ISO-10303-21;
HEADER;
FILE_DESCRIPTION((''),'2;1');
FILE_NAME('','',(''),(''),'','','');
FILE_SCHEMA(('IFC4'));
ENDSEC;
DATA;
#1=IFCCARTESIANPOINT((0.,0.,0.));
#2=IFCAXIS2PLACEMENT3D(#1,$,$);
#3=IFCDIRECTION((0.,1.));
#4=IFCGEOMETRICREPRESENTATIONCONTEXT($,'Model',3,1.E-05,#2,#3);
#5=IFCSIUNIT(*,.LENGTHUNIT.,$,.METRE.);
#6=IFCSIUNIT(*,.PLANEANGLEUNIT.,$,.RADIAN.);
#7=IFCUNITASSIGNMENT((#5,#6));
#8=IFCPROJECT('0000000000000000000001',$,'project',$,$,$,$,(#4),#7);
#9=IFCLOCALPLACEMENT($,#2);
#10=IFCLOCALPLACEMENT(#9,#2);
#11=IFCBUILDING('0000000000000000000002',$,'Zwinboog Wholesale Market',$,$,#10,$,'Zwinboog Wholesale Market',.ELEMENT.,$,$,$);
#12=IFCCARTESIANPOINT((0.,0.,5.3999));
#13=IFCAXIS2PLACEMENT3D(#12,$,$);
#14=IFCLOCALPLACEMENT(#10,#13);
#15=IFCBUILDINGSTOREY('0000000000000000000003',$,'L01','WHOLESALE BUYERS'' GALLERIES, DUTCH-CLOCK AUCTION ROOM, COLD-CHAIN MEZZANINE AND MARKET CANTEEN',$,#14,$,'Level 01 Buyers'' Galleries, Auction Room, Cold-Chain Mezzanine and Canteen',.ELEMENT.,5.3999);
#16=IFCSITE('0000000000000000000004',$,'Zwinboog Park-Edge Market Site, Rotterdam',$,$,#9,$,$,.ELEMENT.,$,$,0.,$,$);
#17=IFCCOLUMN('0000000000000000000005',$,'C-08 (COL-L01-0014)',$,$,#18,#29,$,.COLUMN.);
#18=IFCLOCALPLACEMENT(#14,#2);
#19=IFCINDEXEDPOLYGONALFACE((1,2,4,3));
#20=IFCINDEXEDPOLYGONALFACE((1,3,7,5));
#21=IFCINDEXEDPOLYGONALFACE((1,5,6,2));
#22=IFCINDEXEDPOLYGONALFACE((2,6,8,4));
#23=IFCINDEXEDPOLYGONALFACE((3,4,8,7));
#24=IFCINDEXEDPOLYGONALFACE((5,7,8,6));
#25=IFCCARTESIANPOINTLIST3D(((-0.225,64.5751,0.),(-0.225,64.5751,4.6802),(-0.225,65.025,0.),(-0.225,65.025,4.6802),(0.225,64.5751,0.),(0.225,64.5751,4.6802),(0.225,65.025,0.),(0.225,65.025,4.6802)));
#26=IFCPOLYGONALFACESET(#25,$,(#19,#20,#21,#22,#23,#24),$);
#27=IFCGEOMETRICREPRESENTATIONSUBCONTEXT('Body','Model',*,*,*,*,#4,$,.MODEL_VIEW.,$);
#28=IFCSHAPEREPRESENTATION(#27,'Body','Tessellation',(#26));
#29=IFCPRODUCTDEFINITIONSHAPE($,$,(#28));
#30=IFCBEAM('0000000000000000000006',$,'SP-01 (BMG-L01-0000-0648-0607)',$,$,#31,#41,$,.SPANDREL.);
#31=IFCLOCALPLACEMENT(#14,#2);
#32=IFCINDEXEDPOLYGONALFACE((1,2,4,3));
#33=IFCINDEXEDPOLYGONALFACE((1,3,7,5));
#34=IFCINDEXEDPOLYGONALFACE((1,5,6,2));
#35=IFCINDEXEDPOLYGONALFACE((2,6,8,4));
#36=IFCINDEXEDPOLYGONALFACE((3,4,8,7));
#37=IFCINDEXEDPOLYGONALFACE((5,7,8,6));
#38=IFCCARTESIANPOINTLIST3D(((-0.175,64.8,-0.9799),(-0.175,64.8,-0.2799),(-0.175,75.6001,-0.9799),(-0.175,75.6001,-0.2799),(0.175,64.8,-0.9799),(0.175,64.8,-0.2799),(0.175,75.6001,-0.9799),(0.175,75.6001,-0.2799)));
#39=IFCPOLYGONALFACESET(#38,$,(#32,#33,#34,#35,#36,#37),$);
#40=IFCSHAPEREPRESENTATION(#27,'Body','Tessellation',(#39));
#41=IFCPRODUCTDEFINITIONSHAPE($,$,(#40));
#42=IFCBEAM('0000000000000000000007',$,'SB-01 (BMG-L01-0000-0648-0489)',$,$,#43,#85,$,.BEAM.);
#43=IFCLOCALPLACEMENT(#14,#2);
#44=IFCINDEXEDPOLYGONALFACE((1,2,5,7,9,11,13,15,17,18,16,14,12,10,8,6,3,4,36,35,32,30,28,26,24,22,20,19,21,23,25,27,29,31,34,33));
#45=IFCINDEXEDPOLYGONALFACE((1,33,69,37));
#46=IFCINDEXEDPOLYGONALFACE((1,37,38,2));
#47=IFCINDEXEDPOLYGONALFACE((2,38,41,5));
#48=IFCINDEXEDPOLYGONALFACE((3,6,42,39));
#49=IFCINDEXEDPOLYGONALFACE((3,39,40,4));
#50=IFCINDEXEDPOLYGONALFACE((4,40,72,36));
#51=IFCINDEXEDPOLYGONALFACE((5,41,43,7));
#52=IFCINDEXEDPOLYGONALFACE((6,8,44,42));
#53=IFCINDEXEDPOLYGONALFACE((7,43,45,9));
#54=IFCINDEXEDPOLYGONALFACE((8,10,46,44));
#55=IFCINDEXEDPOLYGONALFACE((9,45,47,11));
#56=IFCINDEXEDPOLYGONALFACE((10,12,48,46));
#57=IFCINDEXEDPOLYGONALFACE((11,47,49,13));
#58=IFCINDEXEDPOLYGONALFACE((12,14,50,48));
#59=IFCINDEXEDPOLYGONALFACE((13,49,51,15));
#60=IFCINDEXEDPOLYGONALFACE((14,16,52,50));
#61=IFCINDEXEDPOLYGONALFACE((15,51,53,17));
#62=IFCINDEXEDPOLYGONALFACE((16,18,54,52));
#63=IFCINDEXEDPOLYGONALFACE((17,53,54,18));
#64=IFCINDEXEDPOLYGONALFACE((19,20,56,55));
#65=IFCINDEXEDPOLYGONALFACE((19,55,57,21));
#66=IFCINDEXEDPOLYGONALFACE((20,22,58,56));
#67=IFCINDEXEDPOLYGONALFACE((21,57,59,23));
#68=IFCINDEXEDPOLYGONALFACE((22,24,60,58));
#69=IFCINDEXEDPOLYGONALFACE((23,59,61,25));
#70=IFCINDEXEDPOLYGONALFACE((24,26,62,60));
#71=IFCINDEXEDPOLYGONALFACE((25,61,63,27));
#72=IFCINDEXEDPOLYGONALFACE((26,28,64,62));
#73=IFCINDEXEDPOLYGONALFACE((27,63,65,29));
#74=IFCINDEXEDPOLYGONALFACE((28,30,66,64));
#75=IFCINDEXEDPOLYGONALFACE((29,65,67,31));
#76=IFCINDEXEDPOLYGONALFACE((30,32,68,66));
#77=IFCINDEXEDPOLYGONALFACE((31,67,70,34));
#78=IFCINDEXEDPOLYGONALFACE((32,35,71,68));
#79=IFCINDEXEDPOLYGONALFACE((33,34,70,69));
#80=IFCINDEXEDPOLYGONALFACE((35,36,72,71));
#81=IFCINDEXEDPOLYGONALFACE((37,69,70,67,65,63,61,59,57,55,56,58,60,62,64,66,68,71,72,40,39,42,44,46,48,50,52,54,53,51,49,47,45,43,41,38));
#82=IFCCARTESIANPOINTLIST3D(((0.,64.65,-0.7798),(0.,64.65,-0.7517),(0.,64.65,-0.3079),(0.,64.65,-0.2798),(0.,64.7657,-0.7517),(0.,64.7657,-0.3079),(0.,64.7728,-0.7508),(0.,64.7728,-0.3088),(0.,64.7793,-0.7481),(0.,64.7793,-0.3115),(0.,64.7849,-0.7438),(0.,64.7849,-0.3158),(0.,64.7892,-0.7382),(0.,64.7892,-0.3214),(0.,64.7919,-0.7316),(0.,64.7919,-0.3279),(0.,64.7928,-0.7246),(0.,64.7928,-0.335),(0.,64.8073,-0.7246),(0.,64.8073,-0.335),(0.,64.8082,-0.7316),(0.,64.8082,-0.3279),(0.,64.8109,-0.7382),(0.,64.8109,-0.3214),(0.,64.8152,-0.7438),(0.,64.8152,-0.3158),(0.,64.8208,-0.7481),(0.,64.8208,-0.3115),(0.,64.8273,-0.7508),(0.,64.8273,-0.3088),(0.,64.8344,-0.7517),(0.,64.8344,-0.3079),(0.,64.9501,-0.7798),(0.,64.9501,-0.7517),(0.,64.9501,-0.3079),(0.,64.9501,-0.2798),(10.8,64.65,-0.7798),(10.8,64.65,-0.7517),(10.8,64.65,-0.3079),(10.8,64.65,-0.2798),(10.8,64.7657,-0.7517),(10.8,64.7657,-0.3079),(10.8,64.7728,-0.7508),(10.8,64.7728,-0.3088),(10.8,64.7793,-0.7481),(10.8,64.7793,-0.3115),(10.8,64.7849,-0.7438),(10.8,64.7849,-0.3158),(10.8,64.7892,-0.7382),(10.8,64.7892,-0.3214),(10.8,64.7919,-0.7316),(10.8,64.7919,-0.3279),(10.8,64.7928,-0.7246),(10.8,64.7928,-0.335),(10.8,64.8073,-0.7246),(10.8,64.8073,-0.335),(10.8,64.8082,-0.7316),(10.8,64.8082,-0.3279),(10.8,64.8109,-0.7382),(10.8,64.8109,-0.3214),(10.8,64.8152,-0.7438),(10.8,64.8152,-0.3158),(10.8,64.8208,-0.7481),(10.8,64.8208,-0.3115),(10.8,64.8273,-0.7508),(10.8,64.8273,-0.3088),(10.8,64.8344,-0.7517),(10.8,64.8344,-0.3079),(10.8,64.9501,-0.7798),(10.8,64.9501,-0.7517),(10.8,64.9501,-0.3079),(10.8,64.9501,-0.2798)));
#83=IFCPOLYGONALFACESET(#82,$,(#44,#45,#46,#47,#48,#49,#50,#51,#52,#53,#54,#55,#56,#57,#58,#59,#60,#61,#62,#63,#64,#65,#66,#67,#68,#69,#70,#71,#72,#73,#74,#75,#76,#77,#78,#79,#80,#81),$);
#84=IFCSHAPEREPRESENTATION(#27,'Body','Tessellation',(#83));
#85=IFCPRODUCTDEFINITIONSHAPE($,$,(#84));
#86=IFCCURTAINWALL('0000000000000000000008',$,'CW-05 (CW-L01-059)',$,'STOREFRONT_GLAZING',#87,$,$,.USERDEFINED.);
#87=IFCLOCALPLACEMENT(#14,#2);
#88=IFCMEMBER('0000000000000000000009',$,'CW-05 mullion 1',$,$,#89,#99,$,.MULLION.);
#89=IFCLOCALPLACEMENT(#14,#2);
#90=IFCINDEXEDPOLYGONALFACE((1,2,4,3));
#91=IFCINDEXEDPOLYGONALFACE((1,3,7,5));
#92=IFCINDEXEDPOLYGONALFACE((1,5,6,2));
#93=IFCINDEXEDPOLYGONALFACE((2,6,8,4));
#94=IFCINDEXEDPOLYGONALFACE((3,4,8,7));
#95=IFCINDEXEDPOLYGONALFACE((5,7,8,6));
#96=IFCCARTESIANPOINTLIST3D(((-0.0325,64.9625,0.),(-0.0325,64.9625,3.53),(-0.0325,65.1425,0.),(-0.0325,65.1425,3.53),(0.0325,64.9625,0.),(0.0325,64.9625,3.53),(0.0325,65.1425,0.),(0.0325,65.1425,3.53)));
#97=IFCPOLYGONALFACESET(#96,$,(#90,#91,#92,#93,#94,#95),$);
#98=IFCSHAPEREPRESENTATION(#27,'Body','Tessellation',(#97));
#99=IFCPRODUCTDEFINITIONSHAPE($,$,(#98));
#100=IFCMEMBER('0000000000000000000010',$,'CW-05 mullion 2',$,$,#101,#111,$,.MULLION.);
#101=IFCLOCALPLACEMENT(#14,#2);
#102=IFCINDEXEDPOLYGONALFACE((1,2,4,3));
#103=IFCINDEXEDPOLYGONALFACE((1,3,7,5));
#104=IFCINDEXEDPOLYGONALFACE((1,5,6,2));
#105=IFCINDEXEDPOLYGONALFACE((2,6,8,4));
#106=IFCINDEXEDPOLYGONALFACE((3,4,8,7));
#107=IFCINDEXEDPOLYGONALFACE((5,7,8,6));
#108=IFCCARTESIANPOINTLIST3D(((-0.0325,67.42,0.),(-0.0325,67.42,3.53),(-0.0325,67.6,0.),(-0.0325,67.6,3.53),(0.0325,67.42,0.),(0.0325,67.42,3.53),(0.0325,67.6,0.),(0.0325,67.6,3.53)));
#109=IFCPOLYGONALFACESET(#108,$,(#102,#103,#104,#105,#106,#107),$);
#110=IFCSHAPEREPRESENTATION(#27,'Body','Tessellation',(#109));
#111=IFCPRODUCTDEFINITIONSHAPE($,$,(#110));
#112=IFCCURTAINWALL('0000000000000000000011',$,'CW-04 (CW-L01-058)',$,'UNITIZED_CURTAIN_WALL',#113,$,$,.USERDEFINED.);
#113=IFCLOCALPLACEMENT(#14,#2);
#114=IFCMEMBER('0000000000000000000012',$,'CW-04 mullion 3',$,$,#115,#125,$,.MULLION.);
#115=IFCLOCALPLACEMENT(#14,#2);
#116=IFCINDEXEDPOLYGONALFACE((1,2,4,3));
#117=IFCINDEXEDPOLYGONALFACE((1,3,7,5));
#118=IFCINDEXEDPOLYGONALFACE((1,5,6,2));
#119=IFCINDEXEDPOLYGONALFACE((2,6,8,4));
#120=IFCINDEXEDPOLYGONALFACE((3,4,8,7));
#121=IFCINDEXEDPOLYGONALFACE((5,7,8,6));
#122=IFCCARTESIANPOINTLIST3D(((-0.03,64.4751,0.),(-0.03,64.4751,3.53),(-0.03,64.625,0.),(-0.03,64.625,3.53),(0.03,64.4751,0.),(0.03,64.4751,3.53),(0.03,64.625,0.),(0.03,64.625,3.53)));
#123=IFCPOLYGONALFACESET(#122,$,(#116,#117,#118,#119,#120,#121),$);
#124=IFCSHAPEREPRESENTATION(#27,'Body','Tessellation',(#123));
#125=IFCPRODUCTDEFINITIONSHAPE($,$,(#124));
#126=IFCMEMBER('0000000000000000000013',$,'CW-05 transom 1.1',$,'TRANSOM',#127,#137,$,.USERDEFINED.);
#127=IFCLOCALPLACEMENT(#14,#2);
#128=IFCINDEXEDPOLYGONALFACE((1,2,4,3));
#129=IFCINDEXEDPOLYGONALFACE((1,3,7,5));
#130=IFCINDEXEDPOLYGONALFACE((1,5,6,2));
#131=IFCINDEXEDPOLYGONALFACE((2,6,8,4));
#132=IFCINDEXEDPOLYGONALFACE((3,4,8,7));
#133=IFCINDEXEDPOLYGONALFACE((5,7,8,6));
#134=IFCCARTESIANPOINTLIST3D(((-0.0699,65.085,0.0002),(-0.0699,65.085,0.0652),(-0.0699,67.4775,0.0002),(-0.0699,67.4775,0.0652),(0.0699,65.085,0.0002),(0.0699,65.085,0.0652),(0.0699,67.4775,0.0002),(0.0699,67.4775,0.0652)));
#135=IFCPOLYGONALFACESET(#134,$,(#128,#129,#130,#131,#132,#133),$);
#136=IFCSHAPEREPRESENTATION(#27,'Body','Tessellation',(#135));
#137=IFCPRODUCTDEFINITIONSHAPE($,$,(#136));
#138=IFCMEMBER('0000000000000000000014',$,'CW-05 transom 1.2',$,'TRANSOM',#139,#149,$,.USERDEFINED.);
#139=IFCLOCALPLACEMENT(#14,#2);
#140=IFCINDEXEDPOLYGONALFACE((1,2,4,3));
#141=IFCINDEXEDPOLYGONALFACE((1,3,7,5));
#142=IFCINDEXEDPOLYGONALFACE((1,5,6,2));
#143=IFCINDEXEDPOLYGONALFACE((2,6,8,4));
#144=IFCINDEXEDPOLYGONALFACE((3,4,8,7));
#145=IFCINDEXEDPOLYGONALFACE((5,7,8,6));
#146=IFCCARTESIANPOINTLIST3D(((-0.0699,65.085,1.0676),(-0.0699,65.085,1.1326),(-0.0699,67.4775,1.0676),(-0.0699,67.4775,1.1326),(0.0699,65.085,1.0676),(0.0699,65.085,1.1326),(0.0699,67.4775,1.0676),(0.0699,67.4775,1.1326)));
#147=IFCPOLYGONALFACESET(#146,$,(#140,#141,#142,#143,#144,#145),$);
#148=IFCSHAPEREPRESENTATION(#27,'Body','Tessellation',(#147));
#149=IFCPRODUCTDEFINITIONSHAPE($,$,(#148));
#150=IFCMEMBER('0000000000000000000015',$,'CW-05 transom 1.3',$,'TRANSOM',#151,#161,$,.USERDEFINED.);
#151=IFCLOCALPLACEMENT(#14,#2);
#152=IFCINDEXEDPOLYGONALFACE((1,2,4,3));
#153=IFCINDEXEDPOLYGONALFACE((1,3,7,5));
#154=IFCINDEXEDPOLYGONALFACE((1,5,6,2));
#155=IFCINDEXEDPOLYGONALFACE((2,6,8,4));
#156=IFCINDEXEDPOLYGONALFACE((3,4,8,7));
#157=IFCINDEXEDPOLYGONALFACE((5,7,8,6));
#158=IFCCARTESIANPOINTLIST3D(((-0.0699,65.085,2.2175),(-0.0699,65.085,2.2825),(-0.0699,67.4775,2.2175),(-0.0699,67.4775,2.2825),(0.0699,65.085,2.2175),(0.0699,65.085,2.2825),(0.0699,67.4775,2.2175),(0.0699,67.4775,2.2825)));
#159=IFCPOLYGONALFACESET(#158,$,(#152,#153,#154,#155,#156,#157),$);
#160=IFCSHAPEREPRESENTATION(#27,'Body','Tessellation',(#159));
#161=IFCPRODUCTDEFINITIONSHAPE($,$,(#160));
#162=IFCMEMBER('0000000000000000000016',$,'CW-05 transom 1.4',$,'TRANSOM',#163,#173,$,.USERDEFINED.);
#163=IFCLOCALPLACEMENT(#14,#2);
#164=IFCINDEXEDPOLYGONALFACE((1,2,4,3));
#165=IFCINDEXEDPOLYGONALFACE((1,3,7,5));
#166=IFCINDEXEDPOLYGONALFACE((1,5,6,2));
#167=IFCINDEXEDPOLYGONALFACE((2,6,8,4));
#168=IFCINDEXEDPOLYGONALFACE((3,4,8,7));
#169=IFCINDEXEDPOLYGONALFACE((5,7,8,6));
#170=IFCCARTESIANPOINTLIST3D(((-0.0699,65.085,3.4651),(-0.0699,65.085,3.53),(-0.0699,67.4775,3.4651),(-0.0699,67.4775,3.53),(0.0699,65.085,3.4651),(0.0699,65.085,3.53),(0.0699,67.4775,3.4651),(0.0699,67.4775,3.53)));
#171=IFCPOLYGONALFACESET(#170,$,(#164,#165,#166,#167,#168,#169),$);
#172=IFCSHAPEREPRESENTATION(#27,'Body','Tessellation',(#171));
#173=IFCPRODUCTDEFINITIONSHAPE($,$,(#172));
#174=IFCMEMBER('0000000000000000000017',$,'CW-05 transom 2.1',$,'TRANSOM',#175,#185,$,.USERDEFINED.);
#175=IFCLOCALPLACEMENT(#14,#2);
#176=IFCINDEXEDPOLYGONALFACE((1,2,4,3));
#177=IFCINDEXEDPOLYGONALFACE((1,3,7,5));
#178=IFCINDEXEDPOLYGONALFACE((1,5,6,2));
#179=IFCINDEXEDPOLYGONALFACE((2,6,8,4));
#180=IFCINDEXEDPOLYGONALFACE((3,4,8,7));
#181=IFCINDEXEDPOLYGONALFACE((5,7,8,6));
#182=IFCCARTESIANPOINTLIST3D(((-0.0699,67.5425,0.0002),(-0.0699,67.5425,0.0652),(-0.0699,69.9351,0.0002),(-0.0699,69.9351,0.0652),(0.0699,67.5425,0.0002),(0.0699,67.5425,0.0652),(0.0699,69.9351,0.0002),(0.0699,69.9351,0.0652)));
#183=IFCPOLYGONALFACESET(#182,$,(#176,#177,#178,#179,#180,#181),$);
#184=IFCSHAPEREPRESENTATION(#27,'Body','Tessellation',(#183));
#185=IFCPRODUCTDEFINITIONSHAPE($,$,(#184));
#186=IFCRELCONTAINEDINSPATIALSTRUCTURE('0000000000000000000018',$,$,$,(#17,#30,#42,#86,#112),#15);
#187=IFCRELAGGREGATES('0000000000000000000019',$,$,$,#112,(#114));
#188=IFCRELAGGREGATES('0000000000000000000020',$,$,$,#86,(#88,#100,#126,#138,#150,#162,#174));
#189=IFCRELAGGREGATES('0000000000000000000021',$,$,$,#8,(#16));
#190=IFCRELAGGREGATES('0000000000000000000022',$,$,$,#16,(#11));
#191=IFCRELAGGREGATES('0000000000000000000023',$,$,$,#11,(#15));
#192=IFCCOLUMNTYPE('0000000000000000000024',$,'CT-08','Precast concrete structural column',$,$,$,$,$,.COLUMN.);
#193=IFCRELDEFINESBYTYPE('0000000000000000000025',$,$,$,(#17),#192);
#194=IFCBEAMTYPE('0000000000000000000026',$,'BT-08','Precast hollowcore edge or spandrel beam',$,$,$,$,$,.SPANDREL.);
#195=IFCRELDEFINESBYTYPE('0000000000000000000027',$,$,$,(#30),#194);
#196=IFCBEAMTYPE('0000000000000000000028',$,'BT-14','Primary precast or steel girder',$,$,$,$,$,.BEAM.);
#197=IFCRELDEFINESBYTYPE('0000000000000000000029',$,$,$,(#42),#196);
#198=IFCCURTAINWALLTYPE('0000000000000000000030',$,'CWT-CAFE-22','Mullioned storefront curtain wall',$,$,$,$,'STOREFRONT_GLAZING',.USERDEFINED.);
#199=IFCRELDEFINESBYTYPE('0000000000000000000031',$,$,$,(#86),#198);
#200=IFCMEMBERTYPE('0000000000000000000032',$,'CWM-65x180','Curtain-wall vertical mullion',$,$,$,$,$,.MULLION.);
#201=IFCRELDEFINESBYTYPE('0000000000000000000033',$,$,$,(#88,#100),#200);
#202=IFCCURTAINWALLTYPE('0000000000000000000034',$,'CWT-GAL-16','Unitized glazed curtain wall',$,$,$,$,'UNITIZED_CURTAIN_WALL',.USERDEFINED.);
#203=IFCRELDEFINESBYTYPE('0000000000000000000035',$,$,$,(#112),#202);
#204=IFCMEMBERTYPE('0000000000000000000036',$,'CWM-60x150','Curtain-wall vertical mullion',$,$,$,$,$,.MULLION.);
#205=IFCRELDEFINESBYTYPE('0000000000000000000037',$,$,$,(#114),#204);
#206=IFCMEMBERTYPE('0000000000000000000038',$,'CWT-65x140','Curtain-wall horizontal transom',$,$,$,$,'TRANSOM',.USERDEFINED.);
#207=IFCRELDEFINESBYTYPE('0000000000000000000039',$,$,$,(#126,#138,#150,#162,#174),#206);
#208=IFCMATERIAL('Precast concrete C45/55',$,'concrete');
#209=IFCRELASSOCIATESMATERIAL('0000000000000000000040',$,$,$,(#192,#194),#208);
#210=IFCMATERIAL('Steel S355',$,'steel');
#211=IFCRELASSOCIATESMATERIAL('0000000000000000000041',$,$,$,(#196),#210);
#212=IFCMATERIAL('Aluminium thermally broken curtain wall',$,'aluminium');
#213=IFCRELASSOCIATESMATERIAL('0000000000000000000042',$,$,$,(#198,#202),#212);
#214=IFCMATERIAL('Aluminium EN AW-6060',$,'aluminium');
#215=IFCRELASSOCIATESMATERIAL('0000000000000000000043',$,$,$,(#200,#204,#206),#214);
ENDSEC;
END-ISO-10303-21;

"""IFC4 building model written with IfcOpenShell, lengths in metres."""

from ifc_helpers import new_model, si_unit, direction, frame, origin, origin_2d, place, context, subcontext, project, spatial, rectangle, i_section, extrude, material, material_profile, profile_set, type_object, element, aggregate, save


model = new_model("IFC4")

# Units and contexts
model_context = context("Model", 3, precision=1e-05, world=origin(), true_north=direction((0.0, 1.0)))
body_context = subcontext(model_context, "Body", "Model", "MODEL_VIEW")
ifc_project = project(units=[si_unit("LENGTHUNIT", "METRE"), si_unit("PLANEANGLEUNIT", "RADIAN")], contexts=[model_context])

# Site, building, storey
site_placement = place(None, origin())
site = spatial("IfcSite", under=ifc_project, at=site_placement, Name="Zwinboog Park-Edge Market Site, Rotterdam", CompositionType="ELEMENT", RefElevation=0.0)
building_placement = place(site_placement, origin())
building = spatial("IfcBuilding", under=site, at=building_placement, Name="Zwinboog Wholesale Market", LongName="Zwinboog Wholesale Market", CompositionType="ELEMENT")
storey_placement = place(building_placement, frame((0.0, 0.0, 5.3999)))
storey = spatial("IfcBuildingStorey", under=building, at=storey_placement, Name="L01", Description="WHOLESALE BUYERS' GALLERIES, DUTCH-CLOCK AUCTION ROOM, COLD-CHAIN MEZZANINE AND MARKET CANTEEN", LongName="Level 01 Buyers' Galleries, Auction Room, Cold-Chain Mezzanine and Canteen", CompositionType="ELEMENT", Elevation=5.3999)

# Column
ifc_material_1 = material(Name="Precast concrete C45/55", Category="concrete")
ifc_material_profile_1 = material_profile(ifc_material_1, rectangle(XDim=0.45, YDim=0.45, at=origin_2d()), Name="PC 450x450")
ifc_profile_set_1 = profile_set([ifc_material_profile_1], Name="Precast concrete C45/55")
column_type = type_object("IfcColumnType", Name="CT-08", Description="Precast concrete structural column", PredefinedType="COLUMN", material=ifc_profile_set_1)
column_placement = place(storey_placement, frame((0.0, 64.8, 0.0), z_axis=(0.0, 0.0, 1.0), x_axis=(1.0, 0.0, 0.0)))
element("IfcColumn", 1, at=column_placement, inside=storey, type_object=column_type, Name="C-08 (COL-L01-0014)", PredefinedType="COLUMN", context=body_context, shape_type="SweptSolid", body=[
    extrude(rectangle(XDim=0.45, YDim=0.45, at=origin_2d()), origin(), (0.0, 0.0, 1.0), 4.6802),
])

# Beams
ifc_material_profile_2 = material_profile(ifc_material_1, rectangle(XDim=0.3501, YDim=0.7, at=origin_2d()), Name="PC 350x700")
ifc_profile_set_2 = profile_set([ifc_material_profile_2], Name="Precast concrete C45/55")
beam_type_1 = type_object("IfcBeamType", Name="BT-08", Description="Precast hollowcore edge or spandrel beam", PredefinedType="SPANDREL", material=ifc_profile_set_2)
beam_1_placement = place(storey_placement, frame((0.0, 64.8, -0.6299), z_axis=(0.0, 1.0, 0.0), x_axis=(-1.0, 0.0, 0.0)))
element("IfcBeam", 2, at=beam_1_placement, inside=storey, type_object=beam_type_1, Name="SP-01 (BMG-L01-0000-0648-0607)", PredefinedType="SPANDREL", context=body_context, shape_type="SweptSolid", body=[
    extrude(rectangle(XDim=0.3501, YDim=0.7, at=origin_2d()), origin(), (0.0, 0.0, 1.0), 10.8),
])
ifc_material_2 = material(Name="Steel S355", Category="steel")
ifc_material_profile_3 = material_profile(ifc_material_2, i_section(OverallWidth=0.3, OverallDepth=0.5, WebThickness=0.0144, FlangeThickness=0.0281, FilletRadius=0.0271, at=origin_2d()), Name="HEB 500")
ifc_profile_set_3 = profile_set([ifc_material_profile_3], Name="Steel S355")
beam_type_2 = type_object("IfcBeamType", Name="BT-14", Description="Primary precast or steel girder", PredefinedType="BEAM", material=ifc_profile_set_3)
beam_2_placement = place(storey_placement, frame((0.0, 64.8, -0.5298), z_axis=(1.0, 0.0, 0.0), x_axis=(0.0, 1.0, 0.0)))
element("IfcBeam", 3, at=beam_2_placement, inside=storey, type_object=beam_type_2, Name="SB-01 (BMG-L01-0000-0648-0489)", PredefinedType="BEAM", context=body_context, shape_type="SweptSolid", body=[
    extrude(i_section(OverallWidth=0.3, OverallDepth=0.5, WebThickness=0.0144, FlangeThickness=0.0281, FilletRadius=0.0271, at=origin_2d()), origin(), (0.0, 0.0, 1.0), 10.8),
])

# Curtain wall, members
ifc_material_3 = material(Name="Aluminium thermally broken curtain wall", Category="aluminium")
curtain_wall_type_1 = type_object("IfcCurtainWallType", Name="CWT-CAFE-22", Description="Mullioned storefront curtain wall", ElementType="STOREFRONT_GLAZING", PredefinedType="USERDEFINED", material=ifc_material_3)
curtain_wall_1_placement = place(storey_placement, origin())
curtain_wall_1 = element("IfcCurtainWall", 4, at=curtain_wall_1_placement, inside=storey, type_object=curtain_wall_type_1, Name="CW-05 (CW-L01-059)", ObjectType="STOREFRONT_GLAZING", PredefinedType="USERDEFINED")
ifc_material_4 = material(Name="Aluminium EN AW-6060", Category="aluminium")
ifc_material_profile_4 = material_profile(ifc_material_4, rectangle(XDim=0.0649, YDim=0.1799, at=origin_2d()), Name="AL 65x180")
ifc_profile_set_4 = profile_set([ifc_material_profile_4], Name="Aluminium EN AW-6060")
member_type_1 = type_object("IfcMemberType", Name="CWM-65x180", Description="Curtain-wall vertical mullion", PredefinedType="MULLION", material=ifc_profile_set_4)
member_1_placement = place(storey_placement, frame((0.0, 65.0525, 0.0), z_axis=(0.0, 0.0, 1.0), x_axis=(-1.0, 0.0, 0.0)))
member_1 = element("IfcMember", 5, at=member_1_placement, type_object=member_type_1, Name="CW-05 mullion 1", PredefinedType="MULLION", context=body_context, shape_type="SweptSolid", body=[
    extrude(rectangle(XDim=0.0649, YDim=0.1799, at=origin_2d()), origin(), (0.0, 0.0, 1.0), 3.53),
])
member_2_placement = place(storey_placement, frame((0.0, 67.51, 0.0), z_axis=(0.0, 0.0, 1.0), x_axis=(-1.0, 0.0, 0.0)))
member_2 = element("IfcMember", 6, at=member_2_placement, type_object=member_type_1, Name="CW-05 mullion 2", PredefinedType="MULLION", context=body_context, shape_type="SweptSolid", body=[
    extrude(rectangle(XDim=0.0649, YDim=0.1799, at=origin_2d()), origin(), (0.0, 0.0, 1.0), 3.53),
])

# Curtain wall, member
curtain_wall_type_2 = type_object("IfcCurtainWallType", Name="CWT-GAL-16", Description="Unitized glazed curtain wall", ElementType="UNITIZED_CURTAIN_WALL", PredefinedType="USERDEFINED", material=ifc_material_3)
curtain_wall_2_placement = place(storey_placement, origin())
curtain_wall_2 = element("IfcCurtainWall", 7, at=curtain_wall_2_placement, inside=storey, type_object=curtain_wall_type_2, Name="CW-04 (CW-L01-058)", ObjectType="UNITIZED_CURTAIN_WALL", PredefinedType="USERDEFINED")
ifc_material_profile_5 = material_profile(ifc_material_4, rectangle(XDim=0.0601, YDim=0.1499, at=origin_2d()), Name="AL 60x150")
ifc_profile_set_5 = profile_set([ifc_material_profile_5], Name="Aluminium EN AW-6060")
member_type_2 = type_object("IfcMemberType", Name="CWM-60x150", Description="Curtain-wall vertical mullion", PredefinedType="MULLION", material=ifc_profile_set_5)
member_3_placement = place(storey_placement, frame((0.0, 64.55, 0.0), z_axis=(0.0, 0.0, 1.0), x_axis=(-1.0, 0.0, 0.0)))
member_3 = element("IfcMember", 8, at=member_3_placement, type_object=member_type_2, Name="CW-04 mullion 3", PredefinedType="MULLION", context=body_context, shape_type="SweptSolid", body=[
    extrude(rectangle(XDim=0.0601, YDim=0.1499, at=origin_2d()), origin(), (0.0, 0.0, 1.0), 3.53),
])

# Members
ifc_material_profile_6 = material_profile(ifc_material_4, rectangle(XDim=0.1399, YDim=0.0649, at=origin_2d()), Name="AL 65x140")
ifc_profile_set_6 = profile_set([ifc_material_profile_6], Name="Aluminium EN AW-6060")
member_type_3 = type_object("IfcMemberType", Name="CWT-65x140", Description="Curtain-wall horizontal transom", ElementType="TRANSOM", PredefinedType="USERDEFINED", material=ifc_profile_set_6)
member_4_placement = place(storey_placement, frame((0.0, 65.085, 0.0327), z_axis=(0.0, 1.0, 0.0), x_axis=(-1.0, 0.0, 0.0)))
member_4 = element("IfcMember", 9, at=member_4_placement, type_object=member_type_3, Name="CW-05 transom 1.1", ObjectType="TRANSOM", PredefinedType="USERDEFINED", context=body_context, shape_type="SweptSolid", body=[
    extrude(rectangle(XDim=0.1399, YDim=0.0649, at=origin_2d()), origin(), (0.0, 0.0, 1.0), 2.3926),
])
member_5_placement = place(storey_placement, frame((0.0, 65.085, 1.1001), z_axis=(0.0, 1.0, 0.0), x_axis=(-1.0, 0.0, 0.0)))
member_5 = element("IfcMember", 10, at=member_5_placement, type_object=member_type_3, Name="CW-05 transom 1.2", ObjectType="TRANSOM", PredefinedType="USERDEFINED", context=body_context, shape_type="SweptSolid", body=[
    extrude(rectangle(XDim=0.1399, YDim=0.0649, at=origin_2d()), origin(), (0.0, 0.0, 1.0), 2.3926),
])
member_6_placement = place(storey_placement, frame((0.0, 65.085, 2.25), z_axis=(0.0, 1.0, 0.0), x_axis=(-1.0, 0.0, 0.0)))
member_6 = element("IfcMember", 11, at=member_6_placement, type_object=member_type_3, Name="CW-05 transom 1.3", ObjectType="TRANSOM", PredefinedType="USERDEFINED", context=body_context, shape_type="SweptSolid", body=[
    extrude(rectangle(XDim=0.1399, YDim=0.0649, at=origin_2d()), origin(), (0.0, 0.0, 1.0), 2.3926),
])
member_7_placement = place(storey_placement, frame((0.0, 65.085, 3.4976), z_axis=(0.0, 1.0, 0.0), x_axis=(-1.0, 0.0, 0.0)))
member_7 = element("IfcMember", 12, at=member_7_placement, type_object=member_type_3, Name="CW-05 transom 1.4", ObjectType="TRANSOM", PredefinedType="USERDEFINED", context=body_context, shape_type="SweptSolid", body=[
    extrude(rectangle(XDim=0.1399, YDim=0.0649, at=origin_2d()), origin(), (0.0, 0.0, 1.0), 2.3926),
])
member_8_placement = place(storey_placement, frame((0.0, 67.5425, 0.0327), z_axis=(0.0, 1.0, 0.0), x_axis=(-1.0, 0.0, 0.0)))
member_8 = element("IfcMember", 13, at=member_8_placement, type_object=member_type_3, Name="CW-05 transom 2.1", ObjectType="TRANSOM", PredefinedType="USERDEFINED", context=body_context, shape_type="SweptSolid", body=[
    extrude(rectangle(XDim=0.1399, YDim=0.0649, at=origin_2d()), origin(), (0.0, 0.0, 1.0), 2.3926),
])

aggregate(curtain_wall_2, [member_3])
aggregate(curtain_wall_1, [member_1, member_2, member_4, member_5, member_6, member_7, member_8])

save(model, "model.ifc")
